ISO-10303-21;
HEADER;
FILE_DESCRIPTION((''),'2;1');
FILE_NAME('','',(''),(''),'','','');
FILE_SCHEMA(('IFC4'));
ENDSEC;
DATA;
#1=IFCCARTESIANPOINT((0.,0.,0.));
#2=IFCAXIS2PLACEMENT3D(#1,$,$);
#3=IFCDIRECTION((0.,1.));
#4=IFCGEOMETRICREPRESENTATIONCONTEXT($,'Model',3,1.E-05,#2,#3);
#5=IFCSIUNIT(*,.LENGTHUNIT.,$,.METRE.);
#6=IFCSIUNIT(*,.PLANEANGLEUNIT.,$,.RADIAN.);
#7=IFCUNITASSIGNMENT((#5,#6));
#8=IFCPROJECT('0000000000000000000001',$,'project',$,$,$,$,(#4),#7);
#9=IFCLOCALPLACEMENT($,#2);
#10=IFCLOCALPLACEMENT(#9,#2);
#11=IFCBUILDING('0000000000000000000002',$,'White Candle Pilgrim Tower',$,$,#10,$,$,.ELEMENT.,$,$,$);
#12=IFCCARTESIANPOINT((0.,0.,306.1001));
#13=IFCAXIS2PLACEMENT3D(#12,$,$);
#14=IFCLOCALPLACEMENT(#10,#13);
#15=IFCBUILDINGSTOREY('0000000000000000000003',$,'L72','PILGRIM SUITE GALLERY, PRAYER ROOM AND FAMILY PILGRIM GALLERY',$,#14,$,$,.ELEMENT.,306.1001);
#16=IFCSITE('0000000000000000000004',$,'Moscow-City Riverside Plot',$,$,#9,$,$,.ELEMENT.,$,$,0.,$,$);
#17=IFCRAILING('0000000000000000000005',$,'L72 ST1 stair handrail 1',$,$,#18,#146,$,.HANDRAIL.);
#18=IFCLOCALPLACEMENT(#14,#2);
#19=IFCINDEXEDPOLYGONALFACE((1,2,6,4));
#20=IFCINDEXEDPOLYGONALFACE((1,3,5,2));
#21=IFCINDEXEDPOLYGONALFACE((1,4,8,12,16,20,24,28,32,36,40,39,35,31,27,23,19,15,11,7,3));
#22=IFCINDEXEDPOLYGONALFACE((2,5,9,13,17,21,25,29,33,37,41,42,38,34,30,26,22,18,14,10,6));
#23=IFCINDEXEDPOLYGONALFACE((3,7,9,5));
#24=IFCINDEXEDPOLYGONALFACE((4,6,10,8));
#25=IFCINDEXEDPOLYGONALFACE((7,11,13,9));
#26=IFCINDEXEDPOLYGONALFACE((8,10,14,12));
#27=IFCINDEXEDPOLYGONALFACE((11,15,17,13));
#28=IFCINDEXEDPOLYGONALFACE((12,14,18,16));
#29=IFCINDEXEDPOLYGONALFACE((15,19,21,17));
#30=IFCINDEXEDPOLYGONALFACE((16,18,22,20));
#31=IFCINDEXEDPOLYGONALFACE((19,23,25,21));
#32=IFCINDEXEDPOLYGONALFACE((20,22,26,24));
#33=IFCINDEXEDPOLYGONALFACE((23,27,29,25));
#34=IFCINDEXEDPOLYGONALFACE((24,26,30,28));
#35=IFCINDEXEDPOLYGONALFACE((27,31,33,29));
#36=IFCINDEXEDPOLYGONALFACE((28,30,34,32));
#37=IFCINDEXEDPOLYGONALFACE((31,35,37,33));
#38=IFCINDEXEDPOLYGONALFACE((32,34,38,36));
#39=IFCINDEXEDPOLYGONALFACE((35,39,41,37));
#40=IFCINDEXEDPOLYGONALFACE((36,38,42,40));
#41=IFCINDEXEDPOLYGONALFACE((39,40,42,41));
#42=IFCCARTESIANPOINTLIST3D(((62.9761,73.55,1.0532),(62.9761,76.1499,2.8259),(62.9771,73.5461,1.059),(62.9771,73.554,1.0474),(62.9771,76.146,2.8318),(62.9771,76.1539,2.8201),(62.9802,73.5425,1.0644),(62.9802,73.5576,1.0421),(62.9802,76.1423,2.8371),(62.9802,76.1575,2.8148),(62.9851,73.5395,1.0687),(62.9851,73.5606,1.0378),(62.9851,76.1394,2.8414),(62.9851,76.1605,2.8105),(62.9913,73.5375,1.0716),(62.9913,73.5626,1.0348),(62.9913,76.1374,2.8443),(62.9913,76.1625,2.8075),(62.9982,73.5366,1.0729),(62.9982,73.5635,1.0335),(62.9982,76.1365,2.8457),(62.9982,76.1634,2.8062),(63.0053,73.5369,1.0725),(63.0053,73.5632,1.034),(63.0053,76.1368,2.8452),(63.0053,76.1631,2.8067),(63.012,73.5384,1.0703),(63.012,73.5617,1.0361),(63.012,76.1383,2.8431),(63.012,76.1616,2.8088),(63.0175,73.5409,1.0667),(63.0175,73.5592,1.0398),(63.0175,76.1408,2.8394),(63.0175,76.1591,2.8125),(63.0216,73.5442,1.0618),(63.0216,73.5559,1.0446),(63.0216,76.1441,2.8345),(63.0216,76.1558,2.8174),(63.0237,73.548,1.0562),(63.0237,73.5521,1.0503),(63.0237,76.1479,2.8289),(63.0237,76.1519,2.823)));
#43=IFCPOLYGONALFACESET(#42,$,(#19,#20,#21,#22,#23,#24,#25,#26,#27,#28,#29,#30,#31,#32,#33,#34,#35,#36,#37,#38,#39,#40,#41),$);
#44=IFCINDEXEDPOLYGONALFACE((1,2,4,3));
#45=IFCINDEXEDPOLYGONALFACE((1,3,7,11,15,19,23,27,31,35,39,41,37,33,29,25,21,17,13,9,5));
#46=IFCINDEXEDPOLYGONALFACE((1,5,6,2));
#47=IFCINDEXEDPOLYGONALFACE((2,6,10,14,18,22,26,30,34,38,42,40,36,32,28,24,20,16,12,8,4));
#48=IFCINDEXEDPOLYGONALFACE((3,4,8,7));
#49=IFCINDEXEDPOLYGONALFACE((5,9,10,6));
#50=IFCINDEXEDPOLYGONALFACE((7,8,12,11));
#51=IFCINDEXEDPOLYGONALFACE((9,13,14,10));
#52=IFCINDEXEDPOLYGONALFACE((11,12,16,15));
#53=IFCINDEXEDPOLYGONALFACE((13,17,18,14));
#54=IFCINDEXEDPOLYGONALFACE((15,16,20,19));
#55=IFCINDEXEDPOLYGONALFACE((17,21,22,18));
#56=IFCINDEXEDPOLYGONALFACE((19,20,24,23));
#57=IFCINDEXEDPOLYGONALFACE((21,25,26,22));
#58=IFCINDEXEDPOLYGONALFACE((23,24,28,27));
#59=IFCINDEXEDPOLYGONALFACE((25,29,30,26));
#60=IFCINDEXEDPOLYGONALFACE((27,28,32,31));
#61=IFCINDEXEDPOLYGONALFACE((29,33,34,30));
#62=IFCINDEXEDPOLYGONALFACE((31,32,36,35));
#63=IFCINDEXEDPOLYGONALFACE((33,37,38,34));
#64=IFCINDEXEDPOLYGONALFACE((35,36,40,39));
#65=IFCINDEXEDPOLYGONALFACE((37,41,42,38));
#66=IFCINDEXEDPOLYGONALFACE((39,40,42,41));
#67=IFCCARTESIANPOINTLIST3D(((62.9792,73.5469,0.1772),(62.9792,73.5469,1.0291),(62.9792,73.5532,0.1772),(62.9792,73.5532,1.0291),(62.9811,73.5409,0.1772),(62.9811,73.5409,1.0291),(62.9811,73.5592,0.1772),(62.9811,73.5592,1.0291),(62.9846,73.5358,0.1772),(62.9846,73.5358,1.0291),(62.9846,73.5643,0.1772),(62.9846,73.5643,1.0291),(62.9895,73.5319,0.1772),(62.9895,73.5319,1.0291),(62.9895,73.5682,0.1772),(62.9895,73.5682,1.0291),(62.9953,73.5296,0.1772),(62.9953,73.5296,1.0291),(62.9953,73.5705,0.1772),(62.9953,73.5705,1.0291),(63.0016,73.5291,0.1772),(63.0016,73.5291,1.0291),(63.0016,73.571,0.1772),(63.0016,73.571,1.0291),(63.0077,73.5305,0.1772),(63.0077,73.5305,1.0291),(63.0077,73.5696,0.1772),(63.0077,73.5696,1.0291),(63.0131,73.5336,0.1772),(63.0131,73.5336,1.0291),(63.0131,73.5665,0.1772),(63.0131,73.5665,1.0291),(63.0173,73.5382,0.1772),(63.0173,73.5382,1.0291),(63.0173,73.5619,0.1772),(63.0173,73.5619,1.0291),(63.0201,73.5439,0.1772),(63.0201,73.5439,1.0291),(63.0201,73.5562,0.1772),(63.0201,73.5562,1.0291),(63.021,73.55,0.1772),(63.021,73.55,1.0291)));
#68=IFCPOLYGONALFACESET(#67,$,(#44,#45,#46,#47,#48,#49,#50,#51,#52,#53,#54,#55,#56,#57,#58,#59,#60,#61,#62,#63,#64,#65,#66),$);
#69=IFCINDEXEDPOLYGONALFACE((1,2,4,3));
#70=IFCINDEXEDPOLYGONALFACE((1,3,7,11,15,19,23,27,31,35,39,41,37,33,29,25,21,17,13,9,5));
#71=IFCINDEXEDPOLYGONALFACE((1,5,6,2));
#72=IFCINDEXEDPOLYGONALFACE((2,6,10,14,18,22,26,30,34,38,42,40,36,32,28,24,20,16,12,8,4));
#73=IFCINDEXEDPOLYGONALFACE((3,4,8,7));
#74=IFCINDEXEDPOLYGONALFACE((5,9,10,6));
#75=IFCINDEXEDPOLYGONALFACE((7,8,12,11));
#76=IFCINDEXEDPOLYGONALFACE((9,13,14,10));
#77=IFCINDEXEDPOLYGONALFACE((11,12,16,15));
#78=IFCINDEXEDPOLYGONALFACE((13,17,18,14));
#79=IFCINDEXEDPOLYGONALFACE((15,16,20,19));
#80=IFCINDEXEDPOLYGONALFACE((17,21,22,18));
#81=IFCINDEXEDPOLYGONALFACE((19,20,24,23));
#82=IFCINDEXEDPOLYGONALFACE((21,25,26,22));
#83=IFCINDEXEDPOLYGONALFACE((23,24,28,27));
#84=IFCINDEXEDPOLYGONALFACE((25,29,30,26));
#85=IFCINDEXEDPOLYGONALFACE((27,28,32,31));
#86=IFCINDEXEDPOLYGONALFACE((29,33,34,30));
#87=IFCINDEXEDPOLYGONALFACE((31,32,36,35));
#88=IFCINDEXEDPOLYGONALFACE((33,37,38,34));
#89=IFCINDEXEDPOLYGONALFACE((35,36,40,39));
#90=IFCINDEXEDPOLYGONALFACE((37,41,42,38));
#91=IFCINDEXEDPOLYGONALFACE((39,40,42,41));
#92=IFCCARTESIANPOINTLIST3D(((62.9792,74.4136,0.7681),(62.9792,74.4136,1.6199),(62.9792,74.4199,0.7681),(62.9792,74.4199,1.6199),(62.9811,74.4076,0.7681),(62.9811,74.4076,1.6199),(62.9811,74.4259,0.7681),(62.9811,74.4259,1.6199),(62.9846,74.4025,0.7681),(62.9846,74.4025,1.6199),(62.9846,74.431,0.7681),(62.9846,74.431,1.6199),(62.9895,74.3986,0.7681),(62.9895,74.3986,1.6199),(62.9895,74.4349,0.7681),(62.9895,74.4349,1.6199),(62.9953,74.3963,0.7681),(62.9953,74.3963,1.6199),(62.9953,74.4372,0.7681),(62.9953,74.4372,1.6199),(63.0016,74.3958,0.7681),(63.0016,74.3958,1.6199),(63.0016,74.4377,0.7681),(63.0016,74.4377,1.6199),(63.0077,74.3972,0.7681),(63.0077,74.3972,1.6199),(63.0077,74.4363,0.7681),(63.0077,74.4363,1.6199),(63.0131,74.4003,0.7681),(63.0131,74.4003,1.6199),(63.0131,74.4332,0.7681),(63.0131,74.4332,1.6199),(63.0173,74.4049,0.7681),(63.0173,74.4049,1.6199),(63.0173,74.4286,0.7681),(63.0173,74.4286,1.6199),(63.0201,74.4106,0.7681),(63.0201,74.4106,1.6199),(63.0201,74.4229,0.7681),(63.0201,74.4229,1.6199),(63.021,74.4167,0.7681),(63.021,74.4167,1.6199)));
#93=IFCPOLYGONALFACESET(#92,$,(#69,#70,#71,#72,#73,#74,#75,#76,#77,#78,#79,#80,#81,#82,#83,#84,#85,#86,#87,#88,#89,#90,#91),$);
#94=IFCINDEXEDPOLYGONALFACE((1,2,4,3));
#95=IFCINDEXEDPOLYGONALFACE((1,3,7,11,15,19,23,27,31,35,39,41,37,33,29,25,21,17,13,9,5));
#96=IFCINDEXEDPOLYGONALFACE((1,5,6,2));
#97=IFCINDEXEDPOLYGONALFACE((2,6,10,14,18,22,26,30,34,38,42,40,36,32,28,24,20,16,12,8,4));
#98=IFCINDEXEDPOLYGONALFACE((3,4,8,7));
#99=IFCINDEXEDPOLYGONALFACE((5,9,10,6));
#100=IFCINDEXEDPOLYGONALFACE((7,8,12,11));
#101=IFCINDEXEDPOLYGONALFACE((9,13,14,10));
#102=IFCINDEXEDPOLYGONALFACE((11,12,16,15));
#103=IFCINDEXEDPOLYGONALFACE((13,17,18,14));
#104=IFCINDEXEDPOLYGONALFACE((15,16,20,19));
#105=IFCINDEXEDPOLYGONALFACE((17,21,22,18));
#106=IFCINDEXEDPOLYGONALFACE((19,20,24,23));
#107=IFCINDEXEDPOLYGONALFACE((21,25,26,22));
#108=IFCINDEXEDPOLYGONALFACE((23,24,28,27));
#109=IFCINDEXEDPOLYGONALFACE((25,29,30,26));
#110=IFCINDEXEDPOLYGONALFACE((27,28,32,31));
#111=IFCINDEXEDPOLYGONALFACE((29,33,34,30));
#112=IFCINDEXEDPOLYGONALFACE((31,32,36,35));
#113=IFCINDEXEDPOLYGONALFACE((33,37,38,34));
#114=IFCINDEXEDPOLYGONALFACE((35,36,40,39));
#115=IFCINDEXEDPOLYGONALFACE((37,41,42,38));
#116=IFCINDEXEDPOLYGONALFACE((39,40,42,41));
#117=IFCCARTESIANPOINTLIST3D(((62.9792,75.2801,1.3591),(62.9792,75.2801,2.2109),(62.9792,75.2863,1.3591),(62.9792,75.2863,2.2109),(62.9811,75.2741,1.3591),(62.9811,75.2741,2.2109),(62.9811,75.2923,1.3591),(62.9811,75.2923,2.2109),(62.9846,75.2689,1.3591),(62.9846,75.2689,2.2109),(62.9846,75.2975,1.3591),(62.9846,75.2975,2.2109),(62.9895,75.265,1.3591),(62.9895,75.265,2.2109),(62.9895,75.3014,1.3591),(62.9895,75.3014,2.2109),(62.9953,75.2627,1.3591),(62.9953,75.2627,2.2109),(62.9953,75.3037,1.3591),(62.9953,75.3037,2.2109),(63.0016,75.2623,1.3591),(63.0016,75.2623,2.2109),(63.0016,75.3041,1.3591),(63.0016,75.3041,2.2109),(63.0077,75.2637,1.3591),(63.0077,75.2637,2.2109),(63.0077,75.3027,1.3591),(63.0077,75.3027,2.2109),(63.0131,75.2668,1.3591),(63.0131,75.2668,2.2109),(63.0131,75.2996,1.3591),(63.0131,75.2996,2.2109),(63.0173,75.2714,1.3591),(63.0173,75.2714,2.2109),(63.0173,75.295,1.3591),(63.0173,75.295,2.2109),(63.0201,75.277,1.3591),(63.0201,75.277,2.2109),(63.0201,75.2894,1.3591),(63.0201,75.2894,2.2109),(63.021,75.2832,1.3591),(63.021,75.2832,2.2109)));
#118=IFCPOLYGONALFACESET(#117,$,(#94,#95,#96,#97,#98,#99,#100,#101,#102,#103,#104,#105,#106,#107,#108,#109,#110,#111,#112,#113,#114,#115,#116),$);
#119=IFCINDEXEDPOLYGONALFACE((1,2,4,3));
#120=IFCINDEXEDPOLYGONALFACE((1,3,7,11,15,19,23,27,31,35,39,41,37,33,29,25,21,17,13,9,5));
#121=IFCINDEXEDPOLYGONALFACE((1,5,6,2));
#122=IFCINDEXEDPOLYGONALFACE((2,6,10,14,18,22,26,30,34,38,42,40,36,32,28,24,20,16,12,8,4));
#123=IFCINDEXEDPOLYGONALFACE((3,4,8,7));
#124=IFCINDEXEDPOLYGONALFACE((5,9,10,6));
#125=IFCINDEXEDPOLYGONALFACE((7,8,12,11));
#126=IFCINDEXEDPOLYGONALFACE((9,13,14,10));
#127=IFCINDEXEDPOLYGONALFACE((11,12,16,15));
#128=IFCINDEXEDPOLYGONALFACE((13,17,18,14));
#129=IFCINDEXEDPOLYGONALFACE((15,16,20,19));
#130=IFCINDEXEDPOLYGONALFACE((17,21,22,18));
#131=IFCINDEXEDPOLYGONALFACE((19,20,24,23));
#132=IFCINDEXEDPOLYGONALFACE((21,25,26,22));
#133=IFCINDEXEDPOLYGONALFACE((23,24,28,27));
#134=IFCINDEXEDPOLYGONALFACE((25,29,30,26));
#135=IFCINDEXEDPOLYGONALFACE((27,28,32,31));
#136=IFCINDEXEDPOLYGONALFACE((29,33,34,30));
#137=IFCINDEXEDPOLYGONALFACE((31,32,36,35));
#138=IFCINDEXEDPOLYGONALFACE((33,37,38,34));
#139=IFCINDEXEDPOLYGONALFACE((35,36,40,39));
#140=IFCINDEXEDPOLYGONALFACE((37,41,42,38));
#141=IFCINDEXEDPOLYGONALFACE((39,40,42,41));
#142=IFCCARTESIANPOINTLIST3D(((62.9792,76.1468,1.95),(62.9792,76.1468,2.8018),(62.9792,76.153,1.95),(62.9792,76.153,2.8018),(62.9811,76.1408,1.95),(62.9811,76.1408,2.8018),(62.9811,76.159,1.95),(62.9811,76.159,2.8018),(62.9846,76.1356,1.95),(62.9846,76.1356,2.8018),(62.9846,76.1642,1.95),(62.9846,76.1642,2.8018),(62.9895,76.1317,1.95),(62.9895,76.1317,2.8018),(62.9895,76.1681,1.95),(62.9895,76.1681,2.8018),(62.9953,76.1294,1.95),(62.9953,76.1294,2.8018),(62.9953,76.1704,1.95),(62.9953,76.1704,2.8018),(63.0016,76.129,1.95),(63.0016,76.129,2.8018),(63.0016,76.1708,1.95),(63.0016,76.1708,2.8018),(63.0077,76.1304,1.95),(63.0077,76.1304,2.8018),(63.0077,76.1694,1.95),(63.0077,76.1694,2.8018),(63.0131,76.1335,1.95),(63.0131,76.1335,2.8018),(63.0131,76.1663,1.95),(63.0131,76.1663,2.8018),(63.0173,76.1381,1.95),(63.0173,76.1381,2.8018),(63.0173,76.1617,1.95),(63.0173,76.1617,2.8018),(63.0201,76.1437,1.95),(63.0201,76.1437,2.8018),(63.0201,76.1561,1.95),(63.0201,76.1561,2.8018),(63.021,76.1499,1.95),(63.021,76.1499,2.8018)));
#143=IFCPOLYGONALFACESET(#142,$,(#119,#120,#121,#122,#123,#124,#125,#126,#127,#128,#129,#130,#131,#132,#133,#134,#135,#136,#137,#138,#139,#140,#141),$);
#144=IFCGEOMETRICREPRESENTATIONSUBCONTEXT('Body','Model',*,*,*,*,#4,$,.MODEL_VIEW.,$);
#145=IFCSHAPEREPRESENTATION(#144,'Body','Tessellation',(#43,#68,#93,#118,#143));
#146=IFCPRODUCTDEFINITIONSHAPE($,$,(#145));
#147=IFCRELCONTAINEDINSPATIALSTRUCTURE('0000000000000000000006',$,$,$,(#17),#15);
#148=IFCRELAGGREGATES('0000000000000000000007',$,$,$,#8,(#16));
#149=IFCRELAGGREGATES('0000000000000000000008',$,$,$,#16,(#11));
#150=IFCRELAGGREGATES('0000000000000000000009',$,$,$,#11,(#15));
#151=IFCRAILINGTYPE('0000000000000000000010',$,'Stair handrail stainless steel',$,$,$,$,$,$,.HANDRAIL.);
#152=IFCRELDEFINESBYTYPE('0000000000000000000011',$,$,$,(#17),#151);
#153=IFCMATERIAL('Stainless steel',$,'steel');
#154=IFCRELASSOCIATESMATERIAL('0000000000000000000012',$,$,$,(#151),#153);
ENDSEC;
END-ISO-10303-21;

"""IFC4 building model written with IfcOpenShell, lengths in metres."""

from ifc_helpers import new_model, si_unit, direction, frame, origin, origin_2d, place, context, subcontext, project, spatial, circle, extrude, material, type_object, element, save


model = new_model("IFC4")

# Units and contexts
model_context = context("Model", 3, precision=1e-05, world=origin(), true_north=direction((0.0, 1.0)))
body_context = subcontext(model_context, "Body", "Model", "MODEL_VIEW")
ifc_project = project(units=[si_unit("LENGTHUNIT", "METRE"), si_unit("PLANEANGLEUNIT", "RADIAN")], contexts=[model_context])

# Site, building, storey
site_placement = place(None, origin())
site = spatial("IfcSite", under=ifc_project, at=site_placement, Name="Moscow-City Riverside Plot", CompositionType="ELEMENT", RefElevation=0.0)
building_placement = place(site_placement, origin())
building = spatial("IfcBuilding", under=site, at=building_placement, Name="White Candle Pilgrim Tower", CompositionType="ELEMENT")
storey_placement = place(building_placement, frame((0.0, 0.0, 306.1001)))
storey = spatial("IfcBuildingStorey", under=building, at=storey_placement, Name="L72", Description="PILGRIM SUITE GALLERY, PRAYER ROOM AND FAMILY PILGRIM GALLERY", CompositionType="ELEMENT", Elevation=306.1001)

# Railing
ifc_material_1 = material(Name="Stainless steel", Category="steel")
railing_type_1 = type_object("IfcRailingType", Name="Stair handrail stainless steel", PredefinedType="HANDRAIL", material=ifc_material_1)
railing_1_placement = place(storey_placement, frame((63.0, 73.55, 0.1772)))
element("IfcRailing", 1, at=railing_1_placement, inside=storey, type_object=railing_type_1, Name="L72 ST1 stair handrail 1", PredefinedType="HANDRAIL", context=body_context, shape_type="SweptSolid", body=[
    extrude(circle(Radius=0.0239, at=origin_2d()), frame((0.0, 0.0, 0.876), z_axis=(0.0, 0.826216, 0.563354), x_axis=(-1.0, 0.0, 0.0)), (0.0, 0.0, 1.0), 3.1467),
    extrude(circle(Radius=0.021, at=origin_2d()), origin(), (0.0, 0.0, 1.0), 0.8518),
    extrude(circle(Radius=0.021, at=origin_2d()), frame((0.0, 0.8667, 0.5908)), (0.0, 0.0, 1.0), 0.8518),
    extrude(circle(Radius=0.021, at=origin_2d()), frame((0.0, 1.7332, 1.1819)), (0.0, 0.0, 1.0), 0.8518),
    extrude(circle(Radius=0.021, at=origin_2d()), frame((0.0, 2.5999, 1.7727)), (0.0, 0.0, 1.0), 0.8518),
])

save(model, "model.ifc")
